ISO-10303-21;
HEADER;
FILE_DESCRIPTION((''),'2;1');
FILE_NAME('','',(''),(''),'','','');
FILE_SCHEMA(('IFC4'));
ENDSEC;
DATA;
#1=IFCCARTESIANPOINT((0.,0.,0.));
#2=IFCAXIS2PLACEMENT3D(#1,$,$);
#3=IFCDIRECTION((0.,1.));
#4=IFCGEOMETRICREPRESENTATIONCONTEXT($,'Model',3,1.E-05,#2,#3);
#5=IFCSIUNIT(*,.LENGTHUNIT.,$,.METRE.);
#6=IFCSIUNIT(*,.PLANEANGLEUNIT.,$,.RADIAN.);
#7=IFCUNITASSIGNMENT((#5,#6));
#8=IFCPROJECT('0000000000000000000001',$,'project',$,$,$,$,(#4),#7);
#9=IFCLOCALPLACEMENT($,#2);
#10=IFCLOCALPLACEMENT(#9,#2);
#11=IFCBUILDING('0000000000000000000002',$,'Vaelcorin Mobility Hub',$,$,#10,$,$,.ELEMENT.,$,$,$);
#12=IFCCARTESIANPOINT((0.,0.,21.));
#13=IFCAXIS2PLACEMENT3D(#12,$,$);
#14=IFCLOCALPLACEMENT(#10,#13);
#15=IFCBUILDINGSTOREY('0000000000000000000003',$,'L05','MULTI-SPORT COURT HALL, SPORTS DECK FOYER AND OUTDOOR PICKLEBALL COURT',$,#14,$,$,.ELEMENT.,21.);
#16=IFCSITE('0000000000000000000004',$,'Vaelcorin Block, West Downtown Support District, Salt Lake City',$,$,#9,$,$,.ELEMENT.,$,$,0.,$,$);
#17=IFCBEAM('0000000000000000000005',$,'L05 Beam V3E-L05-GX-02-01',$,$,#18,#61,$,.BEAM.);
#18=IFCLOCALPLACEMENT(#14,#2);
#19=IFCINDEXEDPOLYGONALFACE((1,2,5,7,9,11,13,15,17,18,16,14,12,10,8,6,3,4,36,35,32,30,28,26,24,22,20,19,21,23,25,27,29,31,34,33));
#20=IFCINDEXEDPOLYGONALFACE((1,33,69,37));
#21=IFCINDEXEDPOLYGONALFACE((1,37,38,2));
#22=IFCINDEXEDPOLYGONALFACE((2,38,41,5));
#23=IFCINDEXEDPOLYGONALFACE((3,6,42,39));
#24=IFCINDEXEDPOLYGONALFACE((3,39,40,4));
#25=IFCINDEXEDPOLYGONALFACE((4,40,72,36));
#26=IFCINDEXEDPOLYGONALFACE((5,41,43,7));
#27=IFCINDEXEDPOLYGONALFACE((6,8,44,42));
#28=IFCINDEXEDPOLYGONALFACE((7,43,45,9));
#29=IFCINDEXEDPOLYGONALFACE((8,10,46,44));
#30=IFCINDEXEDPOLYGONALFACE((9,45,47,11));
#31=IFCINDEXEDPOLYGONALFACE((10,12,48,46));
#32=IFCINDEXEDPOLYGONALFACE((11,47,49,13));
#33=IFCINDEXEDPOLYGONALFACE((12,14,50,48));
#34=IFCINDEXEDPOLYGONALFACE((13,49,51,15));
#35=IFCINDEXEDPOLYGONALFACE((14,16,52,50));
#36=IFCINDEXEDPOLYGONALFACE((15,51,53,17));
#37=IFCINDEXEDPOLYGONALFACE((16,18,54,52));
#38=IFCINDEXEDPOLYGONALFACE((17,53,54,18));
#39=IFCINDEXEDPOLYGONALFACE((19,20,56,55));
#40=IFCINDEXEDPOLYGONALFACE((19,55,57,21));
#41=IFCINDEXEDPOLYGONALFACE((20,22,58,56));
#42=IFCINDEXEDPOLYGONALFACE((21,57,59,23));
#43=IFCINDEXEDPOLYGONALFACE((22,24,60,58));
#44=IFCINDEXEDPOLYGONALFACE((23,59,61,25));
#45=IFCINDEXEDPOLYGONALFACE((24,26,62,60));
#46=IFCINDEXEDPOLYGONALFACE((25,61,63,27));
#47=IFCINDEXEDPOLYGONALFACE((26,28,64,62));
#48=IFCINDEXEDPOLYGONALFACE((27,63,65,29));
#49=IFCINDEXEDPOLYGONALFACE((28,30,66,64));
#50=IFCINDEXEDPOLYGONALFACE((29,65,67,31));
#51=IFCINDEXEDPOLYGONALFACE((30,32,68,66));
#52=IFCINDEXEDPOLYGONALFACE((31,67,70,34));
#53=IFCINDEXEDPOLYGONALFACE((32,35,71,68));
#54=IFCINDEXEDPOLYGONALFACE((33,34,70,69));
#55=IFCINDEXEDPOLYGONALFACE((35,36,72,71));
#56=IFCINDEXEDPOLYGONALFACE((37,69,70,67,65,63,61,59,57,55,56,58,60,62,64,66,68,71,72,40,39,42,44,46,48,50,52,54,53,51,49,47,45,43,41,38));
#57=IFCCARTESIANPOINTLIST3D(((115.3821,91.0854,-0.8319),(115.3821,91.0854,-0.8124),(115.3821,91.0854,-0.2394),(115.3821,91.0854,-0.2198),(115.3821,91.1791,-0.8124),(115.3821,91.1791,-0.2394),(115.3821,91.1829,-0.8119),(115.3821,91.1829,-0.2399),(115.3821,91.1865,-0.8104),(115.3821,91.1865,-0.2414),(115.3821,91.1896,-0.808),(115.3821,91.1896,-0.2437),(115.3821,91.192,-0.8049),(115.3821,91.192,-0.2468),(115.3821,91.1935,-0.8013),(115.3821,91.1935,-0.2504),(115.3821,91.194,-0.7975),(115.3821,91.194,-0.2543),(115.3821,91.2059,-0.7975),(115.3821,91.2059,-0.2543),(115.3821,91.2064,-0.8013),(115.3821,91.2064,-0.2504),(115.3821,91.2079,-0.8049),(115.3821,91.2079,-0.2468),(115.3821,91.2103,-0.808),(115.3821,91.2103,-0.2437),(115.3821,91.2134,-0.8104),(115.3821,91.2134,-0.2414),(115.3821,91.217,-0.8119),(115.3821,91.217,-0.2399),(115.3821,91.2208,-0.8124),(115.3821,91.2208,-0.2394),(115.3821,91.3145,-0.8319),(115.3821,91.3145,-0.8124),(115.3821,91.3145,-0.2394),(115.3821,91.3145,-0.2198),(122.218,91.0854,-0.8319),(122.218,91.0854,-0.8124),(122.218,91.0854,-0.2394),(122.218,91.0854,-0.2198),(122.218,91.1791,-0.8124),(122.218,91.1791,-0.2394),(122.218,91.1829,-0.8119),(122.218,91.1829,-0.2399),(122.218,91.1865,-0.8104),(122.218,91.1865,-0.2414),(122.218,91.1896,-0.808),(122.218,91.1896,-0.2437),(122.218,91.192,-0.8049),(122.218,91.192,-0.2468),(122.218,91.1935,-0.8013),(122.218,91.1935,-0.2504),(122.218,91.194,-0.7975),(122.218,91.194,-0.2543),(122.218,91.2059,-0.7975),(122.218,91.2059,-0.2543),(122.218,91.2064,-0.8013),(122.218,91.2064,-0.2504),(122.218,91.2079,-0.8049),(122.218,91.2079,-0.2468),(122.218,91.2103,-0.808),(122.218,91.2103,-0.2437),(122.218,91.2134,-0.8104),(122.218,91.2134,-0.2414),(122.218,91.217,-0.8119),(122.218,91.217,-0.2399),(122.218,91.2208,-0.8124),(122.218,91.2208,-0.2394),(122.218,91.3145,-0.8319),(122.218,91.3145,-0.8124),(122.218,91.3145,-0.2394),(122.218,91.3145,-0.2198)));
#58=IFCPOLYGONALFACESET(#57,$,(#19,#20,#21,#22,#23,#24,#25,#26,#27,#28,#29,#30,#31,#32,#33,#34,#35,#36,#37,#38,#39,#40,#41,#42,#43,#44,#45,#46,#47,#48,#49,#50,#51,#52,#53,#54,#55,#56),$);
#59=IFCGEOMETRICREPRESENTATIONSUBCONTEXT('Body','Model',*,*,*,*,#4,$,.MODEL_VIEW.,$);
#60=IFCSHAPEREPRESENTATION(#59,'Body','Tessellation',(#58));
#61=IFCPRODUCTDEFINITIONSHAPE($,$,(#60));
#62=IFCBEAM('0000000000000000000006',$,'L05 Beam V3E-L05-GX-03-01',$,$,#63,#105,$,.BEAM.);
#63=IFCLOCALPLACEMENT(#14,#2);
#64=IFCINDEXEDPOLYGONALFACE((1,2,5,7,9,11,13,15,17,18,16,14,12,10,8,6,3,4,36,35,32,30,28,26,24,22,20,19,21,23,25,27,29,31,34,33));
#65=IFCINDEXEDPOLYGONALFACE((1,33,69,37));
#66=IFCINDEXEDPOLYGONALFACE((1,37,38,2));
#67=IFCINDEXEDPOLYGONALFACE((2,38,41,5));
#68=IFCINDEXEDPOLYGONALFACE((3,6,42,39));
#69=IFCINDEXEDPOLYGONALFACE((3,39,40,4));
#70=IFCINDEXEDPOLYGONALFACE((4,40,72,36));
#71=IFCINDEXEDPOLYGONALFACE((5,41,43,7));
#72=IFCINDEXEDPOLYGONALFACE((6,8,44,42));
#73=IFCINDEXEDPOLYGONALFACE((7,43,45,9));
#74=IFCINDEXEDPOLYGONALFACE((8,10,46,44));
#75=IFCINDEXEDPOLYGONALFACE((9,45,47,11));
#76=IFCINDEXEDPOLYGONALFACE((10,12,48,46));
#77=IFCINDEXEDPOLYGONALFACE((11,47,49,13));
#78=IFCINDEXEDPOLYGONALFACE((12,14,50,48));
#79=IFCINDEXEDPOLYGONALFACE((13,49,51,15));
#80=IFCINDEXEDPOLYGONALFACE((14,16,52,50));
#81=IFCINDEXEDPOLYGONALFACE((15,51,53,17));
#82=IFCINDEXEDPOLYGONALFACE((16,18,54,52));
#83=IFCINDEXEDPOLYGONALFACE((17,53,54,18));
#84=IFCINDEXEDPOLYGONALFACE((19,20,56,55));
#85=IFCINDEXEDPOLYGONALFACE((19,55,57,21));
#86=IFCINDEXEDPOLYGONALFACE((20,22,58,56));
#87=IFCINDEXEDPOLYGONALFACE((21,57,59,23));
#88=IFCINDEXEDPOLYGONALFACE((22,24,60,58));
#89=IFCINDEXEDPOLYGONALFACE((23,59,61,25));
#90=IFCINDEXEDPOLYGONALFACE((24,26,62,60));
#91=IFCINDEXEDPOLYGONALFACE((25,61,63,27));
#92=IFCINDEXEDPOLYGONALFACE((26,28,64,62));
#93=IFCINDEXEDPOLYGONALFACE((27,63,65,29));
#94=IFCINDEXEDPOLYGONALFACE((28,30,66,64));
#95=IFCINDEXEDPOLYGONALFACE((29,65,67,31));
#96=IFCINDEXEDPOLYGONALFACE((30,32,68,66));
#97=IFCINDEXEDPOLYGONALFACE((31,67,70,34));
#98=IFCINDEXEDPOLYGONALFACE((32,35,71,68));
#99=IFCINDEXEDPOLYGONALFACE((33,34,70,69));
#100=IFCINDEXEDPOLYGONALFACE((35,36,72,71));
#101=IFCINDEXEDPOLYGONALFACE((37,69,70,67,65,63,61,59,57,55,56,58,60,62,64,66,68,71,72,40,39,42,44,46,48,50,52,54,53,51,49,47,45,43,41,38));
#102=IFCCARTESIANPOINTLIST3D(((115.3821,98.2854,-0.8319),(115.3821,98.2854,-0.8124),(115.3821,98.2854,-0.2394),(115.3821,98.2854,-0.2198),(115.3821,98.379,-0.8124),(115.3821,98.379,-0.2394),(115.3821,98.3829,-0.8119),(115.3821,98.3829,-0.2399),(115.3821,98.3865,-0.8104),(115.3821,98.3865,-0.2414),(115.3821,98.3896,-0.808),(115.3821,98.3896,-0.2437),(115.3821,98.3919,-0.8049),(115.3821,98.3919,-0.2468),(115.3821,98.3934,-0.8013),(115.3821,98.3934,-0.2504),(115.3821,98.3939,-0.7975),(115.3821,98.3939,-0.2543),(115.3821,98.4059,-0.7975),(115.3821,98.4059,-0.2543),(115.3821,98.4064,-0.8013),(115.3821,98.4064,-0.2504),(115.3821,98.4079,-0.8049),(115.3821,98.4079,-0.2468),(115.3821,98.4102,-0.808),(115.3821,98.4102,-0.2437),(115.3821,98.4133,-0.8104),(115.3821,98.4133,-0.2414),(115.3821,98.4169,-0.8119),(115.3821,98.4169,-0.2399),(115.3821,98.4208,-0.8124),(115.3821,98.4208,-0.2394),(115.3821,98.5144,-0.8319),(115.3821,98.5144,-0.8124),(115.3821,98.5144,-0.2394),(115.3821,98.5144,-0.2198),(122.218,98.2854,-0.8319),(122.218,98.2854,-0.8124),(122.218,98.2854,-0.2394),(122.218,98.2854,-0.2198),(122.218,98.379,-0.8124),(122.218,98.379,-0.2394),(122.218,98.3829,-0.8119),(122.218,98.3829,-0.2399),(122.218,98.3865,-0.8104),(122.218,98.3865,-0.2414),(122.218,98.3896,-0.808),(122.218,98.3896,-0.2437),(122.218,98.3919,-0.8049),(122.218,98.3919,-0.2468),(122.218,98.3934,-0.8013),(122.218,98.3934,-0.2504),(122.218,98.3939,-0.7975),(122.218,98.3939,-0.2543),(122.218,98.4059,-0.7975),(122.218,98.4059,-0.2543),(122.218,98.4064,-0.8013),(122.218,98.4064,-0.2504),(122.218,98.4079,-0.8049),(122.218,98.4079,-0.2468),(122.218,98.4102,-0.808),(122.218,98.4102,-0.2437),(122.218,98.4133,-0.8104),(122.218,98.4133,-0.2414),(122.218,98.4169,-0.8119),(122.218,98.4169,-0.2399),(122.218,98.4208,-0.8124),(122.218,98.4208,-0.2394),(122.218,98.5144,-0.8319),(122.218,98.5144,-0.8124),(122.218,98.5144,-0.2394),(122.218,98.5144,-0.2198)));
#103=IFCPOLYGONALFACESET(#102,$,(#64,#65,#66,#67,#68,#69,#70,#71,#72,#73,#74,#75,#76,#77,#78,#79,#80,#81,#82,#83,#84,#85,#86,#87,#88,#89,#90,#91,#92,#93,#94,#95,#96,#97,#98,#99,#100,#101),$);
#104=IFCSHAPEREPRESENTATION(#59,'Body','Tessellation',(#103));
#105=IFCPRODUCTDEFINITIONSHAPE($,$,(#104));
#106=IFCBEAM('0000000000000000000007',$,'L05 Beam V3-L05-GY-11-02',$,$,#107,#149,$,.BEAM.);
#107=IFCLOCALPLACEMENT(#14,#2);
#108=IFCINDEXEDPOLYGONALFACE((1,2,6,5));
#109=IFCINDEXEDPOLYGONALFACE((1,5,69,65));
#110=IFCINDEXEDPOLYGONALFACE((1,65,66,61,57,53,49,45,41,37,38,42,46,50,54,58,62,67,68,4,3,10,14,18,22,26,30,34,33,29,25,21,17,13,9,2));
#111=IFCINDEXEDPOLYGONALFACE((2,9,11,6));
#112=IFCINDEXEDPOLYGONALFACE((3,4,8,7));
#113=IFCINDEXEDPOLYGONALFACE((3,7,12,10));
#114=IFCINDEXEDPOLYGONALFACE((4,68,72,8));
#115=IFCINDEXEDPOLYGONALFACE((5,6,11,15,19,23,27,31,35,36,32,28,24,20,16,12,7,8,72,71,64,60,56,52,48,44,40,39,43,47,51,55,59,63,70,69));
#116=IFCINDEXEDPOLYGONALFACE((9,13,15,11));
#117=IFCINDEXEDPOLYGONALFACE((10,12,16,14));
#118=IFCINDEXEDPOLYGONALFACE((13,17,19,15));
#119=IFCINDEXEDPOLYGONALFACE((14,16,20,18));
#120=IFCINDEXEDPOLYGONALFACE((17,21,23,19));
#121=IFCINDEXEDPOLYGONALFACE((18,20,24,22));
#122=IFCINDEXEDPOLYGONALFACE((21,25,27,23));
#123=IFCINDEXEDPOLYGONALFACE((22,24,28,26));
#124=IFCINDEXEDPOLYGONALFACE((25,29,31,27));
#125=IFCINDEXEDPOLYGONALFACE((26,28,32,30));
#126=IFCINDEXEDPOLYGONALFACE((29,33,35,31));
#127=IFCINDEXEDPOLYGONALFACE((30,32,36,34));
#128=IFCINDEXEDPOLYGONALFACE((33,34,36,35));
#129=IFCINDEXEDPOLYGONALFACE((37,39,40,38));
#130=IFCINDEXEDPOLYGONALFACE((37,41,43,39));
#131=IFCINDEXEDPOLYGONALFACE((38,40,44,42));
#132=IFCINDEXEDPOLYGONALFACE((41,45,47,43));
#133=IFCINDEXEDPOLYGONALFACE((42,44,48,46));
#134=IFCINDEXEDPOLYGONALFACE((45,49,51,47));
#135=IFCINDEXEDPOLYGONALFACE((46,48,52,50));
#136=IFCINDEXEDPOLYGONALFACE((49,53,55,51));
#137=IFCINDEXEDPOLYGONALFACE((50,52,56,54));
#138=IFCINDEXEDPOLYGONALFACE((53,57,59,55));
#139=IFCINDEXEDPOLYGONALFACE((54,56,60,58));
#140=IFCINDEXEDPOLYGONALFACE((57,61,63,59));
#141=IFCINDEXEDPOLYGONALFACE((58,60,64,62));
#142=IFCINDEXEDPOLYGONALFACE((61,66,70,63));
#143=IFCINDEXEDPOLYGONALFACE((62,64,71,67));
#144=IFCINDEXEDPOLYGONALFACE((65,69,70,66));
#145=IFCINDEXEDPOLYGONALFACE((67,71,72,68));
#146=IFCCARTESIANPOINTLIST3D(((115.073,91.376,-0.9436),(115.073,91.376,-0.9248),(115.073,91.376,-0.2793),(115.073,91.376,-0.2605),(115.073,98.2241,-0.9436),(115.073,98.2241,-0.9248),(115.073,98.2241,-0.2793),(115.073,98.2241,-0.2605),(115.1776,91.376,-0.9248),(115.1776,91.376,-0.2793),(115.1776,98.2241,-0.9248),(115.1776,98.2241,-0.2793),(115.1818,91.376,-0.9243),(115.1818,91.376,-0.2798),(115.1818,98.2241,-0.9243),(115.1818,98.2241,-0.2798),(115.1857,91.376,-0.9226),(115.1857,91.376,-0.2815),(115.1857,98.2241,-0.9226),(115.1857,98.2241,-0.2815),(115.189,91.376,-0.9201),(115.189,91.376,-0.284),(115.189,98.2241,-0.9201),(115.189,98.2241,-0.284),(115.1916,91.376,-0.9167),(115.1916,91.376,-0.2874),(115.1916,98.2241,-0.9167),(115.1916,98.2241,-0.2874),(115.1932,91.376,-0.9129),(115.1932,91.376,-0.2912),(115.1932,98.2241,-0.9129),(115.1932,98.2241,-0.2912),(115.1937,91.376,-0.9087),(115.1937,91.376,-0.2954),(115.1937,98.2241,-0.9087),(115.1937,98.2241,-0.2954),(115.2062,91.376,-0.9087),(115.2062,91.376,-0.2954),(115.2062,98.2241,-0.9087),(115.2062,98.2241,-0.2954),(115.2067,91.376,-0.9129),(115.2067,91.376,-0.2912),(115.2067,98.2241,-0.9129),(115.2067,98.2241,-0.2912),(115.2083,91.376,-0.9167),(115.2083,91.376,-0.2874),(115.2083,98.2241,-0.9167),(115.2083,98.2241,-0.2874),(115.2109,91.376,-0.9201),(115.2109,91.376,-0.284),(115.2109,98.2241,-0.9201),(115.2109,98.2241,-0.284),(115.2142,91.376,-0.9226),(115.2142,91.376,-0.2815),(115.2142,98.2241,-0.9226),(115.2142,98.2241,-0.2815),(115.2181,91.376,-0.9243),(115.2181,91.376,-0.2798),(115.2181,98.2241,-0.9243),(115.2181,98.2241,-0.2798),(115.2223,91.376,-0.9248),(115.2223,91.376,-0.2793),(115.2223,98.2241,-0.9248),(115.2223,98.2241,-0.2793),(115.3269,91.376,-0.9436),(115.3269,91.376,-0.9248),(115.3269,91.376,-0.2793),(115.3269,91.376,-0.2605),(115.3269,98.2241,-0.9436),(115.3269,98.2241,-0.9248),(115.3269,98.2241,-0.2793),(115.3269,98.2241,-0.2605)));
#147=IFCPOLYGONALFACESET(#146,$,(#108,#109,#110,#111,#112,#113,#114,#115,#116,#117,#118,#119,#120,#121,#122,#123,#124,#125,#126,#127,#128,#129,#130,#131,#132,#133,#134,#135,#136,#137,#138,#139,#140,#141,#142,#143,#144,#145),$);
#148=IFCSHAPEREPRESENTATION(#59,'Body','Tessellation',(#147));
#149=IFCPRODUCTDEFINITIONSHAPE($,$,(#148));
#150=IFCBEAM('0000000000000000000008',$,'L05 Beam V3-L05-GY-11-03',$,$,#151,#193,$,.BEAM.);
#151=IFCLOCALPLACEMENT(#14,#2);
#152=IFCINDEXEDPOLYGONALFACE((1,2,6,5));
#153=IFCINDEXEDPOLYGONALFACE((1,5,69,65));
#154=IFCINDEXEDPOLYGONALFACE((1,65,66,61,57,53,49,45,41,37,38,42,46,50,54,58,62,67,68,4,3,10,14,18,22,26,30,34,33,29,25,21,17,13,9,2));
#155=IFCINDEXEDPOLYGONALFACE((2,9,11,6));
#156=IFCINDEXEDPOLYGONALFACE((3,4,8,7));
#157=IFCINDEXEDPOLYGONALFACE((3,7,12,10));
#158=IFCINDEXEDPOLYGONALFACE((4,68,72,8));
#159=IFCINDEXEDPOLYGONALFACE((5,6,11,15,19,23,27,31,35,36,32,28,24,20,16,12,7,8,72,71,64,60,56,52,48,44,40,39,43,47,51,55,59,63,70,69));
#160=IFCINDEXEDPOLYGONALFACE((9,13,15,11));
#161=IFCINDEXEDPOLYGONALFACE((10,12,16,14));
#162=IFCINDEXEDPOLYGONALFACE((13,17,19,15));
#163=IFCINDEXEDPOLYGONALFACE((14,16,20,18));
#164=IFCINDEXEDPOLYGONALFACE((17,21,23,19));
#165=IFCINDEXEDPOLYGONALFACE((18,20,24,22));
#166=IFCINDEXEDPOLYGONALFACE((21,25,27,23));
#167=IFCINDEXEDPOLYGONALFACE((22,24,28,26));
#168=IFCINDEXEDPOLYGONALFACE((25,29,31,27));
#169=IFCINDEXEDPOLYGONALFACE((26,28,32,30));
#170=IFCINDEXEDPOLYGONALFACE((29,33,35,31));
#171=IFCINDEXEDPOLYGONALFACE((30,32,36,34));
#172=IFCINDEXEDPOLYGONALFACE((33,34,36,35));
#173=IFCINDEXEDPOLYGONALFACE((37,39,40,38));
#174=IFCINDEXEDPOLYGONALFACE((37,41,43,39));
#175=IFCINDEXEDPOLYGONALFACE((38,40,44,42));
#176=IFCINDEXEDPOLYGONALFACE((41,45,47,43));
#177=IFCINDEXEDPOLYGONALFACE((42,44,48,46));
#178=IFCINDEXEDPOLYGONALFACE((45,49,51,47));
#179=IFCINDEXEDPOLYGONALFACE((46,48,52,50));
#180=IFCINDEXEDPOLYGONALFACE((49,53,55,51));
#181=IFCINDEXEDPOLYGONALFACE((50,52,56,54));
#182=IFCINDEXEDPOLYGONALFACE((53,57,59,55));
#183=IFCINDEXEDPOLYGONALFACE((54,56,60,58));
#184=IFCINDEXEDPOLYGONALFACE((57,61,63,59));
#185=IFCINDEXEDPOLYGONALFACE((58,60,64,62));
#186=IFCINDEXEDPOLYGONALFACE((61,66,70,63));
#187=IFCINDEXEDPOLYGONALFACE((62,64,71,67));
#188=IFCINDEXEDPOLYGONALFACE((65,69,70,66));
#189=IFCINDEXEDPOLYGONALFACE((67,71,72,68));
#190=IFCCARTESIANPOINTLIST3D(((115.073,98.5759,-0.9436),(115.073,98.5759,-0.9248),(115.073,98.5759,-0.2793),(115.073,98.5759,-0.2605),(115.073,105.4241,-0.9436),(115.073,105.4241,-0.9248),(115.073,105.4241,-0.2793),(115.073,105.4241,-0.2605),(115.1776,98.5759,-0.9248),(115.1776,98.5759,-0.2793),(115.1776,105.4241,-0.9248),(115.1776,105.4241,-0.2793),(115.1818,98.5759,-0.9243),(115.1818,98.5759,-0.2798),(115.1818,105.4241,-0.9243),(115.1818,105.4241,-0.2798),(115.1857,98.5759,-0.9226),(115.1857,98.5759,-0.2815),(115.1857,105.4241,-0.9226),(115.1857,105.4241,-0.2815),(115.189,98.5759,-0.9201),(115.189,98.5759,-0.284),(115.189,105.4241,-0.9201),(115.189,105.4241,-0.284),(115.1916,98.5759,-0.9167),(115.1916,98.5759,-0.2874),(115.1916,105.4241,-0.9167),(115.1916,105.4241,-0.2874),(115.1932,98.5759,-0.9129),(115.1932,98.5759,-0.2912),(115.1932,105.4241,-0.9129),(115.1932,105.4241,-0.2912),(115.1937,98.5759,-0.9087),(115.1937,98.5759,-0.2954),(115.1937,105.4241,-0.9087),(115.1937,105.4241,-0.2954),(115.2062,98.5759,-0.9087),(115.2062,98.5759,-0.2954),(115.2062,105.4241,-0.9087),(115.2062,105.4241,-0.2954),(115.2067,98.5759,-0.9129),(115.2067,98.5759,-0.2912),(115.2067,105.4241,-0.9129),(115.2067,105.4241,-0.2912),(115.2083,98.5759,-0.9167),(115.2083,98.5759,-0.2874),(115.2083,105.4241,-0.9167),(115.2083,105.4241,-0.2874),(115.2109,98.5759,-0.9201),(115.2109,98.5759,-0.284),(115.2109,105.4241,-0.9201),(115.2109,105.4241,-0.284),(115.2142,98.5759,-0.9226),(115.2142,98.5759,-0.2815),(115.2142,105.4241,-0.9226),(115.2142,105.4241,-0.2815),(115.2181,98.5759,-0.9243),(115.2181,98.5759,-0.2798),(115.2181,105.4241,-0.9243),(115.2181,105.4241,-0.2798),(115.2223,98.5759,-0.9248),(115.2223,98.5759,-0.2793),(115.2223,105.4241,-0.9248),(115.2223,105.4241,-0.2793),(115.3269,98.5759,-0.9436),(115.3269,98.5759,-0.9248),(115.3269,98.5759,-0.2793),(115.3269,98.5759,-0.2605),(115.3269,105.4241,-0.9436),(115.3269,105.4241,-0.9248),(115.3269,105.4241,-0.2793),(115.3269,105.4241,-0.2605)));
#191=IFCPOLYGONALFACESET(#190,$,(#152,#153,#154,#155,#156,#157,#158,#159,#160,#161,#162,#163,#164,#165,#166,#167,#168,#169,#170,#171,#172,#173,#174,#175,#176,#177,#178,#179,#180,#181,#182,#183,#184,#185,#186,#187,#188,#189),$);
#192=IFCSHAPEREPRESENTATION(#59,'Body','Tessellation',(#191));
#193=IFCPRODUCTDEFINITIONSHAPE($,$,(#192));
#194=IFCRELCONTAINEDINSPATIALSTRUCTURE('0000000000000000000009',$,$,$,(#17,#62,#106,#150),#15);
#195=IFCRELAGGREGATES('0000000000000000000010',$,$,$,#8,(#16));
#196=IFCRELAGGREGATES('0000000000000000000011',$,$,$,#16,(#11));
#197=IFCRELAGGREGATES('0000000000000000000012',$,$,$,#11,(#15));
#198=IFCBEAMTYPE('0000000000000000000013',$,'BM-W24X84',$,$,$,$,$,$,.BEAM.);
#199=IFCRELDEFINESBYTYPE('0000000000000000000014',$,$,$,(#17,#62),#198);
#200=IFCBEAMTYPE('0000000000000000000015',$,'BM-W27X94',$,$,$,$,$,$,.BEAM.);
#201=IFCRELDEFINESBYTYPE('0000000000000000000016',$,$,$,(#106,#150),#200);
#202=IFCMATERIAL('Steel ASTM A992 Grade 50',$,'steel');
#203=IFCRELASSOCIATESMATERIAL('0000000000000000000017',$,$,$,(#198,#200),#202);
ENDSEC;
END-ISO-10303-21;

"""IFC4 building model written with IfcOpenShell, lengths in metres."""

from ifc_helpers import new_model, si_unit, direction, frame, origin, origin_2d, place, context, subcontext, project, spatial, i_section, extrude, material, material_profile, profile_set, type_object, element, save


model = new_model("IFC4")

# Units and contexts
model_context = context("Model", 3, precision=1e-05, world=origin(), true_north=direction((0.0, 1.0)))
body_context = subcontext(model_context, "Body", "Model", "MODEL_VIEW")
ifc_project = project(units=[si_unit("LENGTHUNIT", "METRE"), si_unit("PLANEANGLEUNIT", "RADIAN")], contexts=[model_context])

# Site, building, storey
site_placement = place(None, origin())
site = spatial("IfcSite", under=ifc_project, at=site_placement, Name="Vaelcorin Block, West Downtown Support District, Salt Lake City", CompositionType="ELEMENT", RefElevation=0.0)
building_placement = place(site_placement, origin())
building = spatial("IfcBuilding", under=site, at=building_placement, Name="Vaelcorin Mobility Hub", CompositionType="ELEMENT")
storey_placement = place(building_placement, frame((0.0, 0.0, 21.0)))
storey = spatial("IfcBuildingStorey", under=building, at=storey_placement, Name="L05", Description="MULTI-SPORT COURT HALL, SPORTS DECK FOYER AND OUTDOOR PICKLEBALL COURT", CompositionType="ELEMENT", Elevation=21.0)

# Shared definitions
ifc_material_1 = material(Name="Steel ASTM A992 Grade 50", Category="steel")

# Beams
ifc_material_profile_1 = material_profile(ifc_material_1, i_section(OverallWidth=0.229, OverallDepth=0.6121, WebThickness=0.012, FlangeThickness=0.0195, FilletRadius=0.0149, at=origin_2d()), Name="W24X84")
ifc_profile_set_1 = profile_set([ifc_material_profile_1], Name="Steel ASTM A992 Grade 50")
beam_type_1 = type_object("IfcBeamType", Name="BM-W24X84", PredefinedType="BEAM", material=ifc_profile_set_1)
for number, where, z_axis, x_axis, name in (
    (1, (115.3821, 91.2, -0.5259), (1.0, 0.0, 0.0), (0.0, 1.0, 0.0), "L05 Beam V3E-L05-GX-02-01"),
    (2, (115.3821, 98.3999, -0.5259), (1.0, 0.0, 0.0), (0.0, 1.0, 0.0), "L05 Beam V3E-L05-GX-03-01"),
):
    element("IfcBeam", number, at=place(storey_placement, frame(where, z_axis=z_axis, x_axis=x_axis)), inside=storey, type_object=beam_type_1, Name=name, PredefinedType="BEAM", context=body_context, shape_type="SweptSolid", body=[
        extrude(i_section(OverallWidth=0.229, OverallDepth=0.6121, WebThickness=0.012, FlangeThickness=0.0195, FilletRadius=0.0149, at=origin_2d()), origin(), (0.0, 0.0, 1.0), 6.8359),
    ])
ifc_material_profile_2 = material_profile(ifc_material_1, i_section(OverallWidth=0.2539, OverallDepth=0.6831, WebThickness=0.0125, FlangeThickness=0.0188, FilletRadius=0.0161, at=origin_2d()), Name="W27X94")
ifc_profile_set_2 = profile_set([ifc_material_profile_2], Name="Steel ASTM A992 Grade 50")
beam_type_2 = type_object("IfcBeamType", Name="BM-W27X94", PredefinedType="BEAM", material=ifc_profile_set_2)
for number, where, z_axis, x_axis, name in (
    (3, (115.2, 91.376, -0.6021), (0.0, 1.0, 0.0), (-1.0, 0.0, 0.0), "L05 Beam V3-L05-GY-11-02"),
    (4, (115.2, 98.5759, -0.6021), (0.0, 1.0, 0.0), (-1.0, 0.0, 0.0), "L05 Beam V3-L05-GY-11-03"),
):
    element("IfcBeam", number, at=place(storey_placement, frame(where, z_axis=z_axis, x_axis=x_axis)), inside=storey, type_object=beam_type_2, Name=name, PredefinedType="BEAM", context=body_context, shape_type="SweptSolid", body=[
        extrude(i_section(OverallWidth=0.2539, OverallDepth=0.6831, WebThickness=0.0125, FlangeThickness=0.0188, FilletRadius=0.0161, at=origin_2d()), origin(), (0.0, 0.0, 1.0), 6.8481),
    ])

save(model, "model.ifc")
